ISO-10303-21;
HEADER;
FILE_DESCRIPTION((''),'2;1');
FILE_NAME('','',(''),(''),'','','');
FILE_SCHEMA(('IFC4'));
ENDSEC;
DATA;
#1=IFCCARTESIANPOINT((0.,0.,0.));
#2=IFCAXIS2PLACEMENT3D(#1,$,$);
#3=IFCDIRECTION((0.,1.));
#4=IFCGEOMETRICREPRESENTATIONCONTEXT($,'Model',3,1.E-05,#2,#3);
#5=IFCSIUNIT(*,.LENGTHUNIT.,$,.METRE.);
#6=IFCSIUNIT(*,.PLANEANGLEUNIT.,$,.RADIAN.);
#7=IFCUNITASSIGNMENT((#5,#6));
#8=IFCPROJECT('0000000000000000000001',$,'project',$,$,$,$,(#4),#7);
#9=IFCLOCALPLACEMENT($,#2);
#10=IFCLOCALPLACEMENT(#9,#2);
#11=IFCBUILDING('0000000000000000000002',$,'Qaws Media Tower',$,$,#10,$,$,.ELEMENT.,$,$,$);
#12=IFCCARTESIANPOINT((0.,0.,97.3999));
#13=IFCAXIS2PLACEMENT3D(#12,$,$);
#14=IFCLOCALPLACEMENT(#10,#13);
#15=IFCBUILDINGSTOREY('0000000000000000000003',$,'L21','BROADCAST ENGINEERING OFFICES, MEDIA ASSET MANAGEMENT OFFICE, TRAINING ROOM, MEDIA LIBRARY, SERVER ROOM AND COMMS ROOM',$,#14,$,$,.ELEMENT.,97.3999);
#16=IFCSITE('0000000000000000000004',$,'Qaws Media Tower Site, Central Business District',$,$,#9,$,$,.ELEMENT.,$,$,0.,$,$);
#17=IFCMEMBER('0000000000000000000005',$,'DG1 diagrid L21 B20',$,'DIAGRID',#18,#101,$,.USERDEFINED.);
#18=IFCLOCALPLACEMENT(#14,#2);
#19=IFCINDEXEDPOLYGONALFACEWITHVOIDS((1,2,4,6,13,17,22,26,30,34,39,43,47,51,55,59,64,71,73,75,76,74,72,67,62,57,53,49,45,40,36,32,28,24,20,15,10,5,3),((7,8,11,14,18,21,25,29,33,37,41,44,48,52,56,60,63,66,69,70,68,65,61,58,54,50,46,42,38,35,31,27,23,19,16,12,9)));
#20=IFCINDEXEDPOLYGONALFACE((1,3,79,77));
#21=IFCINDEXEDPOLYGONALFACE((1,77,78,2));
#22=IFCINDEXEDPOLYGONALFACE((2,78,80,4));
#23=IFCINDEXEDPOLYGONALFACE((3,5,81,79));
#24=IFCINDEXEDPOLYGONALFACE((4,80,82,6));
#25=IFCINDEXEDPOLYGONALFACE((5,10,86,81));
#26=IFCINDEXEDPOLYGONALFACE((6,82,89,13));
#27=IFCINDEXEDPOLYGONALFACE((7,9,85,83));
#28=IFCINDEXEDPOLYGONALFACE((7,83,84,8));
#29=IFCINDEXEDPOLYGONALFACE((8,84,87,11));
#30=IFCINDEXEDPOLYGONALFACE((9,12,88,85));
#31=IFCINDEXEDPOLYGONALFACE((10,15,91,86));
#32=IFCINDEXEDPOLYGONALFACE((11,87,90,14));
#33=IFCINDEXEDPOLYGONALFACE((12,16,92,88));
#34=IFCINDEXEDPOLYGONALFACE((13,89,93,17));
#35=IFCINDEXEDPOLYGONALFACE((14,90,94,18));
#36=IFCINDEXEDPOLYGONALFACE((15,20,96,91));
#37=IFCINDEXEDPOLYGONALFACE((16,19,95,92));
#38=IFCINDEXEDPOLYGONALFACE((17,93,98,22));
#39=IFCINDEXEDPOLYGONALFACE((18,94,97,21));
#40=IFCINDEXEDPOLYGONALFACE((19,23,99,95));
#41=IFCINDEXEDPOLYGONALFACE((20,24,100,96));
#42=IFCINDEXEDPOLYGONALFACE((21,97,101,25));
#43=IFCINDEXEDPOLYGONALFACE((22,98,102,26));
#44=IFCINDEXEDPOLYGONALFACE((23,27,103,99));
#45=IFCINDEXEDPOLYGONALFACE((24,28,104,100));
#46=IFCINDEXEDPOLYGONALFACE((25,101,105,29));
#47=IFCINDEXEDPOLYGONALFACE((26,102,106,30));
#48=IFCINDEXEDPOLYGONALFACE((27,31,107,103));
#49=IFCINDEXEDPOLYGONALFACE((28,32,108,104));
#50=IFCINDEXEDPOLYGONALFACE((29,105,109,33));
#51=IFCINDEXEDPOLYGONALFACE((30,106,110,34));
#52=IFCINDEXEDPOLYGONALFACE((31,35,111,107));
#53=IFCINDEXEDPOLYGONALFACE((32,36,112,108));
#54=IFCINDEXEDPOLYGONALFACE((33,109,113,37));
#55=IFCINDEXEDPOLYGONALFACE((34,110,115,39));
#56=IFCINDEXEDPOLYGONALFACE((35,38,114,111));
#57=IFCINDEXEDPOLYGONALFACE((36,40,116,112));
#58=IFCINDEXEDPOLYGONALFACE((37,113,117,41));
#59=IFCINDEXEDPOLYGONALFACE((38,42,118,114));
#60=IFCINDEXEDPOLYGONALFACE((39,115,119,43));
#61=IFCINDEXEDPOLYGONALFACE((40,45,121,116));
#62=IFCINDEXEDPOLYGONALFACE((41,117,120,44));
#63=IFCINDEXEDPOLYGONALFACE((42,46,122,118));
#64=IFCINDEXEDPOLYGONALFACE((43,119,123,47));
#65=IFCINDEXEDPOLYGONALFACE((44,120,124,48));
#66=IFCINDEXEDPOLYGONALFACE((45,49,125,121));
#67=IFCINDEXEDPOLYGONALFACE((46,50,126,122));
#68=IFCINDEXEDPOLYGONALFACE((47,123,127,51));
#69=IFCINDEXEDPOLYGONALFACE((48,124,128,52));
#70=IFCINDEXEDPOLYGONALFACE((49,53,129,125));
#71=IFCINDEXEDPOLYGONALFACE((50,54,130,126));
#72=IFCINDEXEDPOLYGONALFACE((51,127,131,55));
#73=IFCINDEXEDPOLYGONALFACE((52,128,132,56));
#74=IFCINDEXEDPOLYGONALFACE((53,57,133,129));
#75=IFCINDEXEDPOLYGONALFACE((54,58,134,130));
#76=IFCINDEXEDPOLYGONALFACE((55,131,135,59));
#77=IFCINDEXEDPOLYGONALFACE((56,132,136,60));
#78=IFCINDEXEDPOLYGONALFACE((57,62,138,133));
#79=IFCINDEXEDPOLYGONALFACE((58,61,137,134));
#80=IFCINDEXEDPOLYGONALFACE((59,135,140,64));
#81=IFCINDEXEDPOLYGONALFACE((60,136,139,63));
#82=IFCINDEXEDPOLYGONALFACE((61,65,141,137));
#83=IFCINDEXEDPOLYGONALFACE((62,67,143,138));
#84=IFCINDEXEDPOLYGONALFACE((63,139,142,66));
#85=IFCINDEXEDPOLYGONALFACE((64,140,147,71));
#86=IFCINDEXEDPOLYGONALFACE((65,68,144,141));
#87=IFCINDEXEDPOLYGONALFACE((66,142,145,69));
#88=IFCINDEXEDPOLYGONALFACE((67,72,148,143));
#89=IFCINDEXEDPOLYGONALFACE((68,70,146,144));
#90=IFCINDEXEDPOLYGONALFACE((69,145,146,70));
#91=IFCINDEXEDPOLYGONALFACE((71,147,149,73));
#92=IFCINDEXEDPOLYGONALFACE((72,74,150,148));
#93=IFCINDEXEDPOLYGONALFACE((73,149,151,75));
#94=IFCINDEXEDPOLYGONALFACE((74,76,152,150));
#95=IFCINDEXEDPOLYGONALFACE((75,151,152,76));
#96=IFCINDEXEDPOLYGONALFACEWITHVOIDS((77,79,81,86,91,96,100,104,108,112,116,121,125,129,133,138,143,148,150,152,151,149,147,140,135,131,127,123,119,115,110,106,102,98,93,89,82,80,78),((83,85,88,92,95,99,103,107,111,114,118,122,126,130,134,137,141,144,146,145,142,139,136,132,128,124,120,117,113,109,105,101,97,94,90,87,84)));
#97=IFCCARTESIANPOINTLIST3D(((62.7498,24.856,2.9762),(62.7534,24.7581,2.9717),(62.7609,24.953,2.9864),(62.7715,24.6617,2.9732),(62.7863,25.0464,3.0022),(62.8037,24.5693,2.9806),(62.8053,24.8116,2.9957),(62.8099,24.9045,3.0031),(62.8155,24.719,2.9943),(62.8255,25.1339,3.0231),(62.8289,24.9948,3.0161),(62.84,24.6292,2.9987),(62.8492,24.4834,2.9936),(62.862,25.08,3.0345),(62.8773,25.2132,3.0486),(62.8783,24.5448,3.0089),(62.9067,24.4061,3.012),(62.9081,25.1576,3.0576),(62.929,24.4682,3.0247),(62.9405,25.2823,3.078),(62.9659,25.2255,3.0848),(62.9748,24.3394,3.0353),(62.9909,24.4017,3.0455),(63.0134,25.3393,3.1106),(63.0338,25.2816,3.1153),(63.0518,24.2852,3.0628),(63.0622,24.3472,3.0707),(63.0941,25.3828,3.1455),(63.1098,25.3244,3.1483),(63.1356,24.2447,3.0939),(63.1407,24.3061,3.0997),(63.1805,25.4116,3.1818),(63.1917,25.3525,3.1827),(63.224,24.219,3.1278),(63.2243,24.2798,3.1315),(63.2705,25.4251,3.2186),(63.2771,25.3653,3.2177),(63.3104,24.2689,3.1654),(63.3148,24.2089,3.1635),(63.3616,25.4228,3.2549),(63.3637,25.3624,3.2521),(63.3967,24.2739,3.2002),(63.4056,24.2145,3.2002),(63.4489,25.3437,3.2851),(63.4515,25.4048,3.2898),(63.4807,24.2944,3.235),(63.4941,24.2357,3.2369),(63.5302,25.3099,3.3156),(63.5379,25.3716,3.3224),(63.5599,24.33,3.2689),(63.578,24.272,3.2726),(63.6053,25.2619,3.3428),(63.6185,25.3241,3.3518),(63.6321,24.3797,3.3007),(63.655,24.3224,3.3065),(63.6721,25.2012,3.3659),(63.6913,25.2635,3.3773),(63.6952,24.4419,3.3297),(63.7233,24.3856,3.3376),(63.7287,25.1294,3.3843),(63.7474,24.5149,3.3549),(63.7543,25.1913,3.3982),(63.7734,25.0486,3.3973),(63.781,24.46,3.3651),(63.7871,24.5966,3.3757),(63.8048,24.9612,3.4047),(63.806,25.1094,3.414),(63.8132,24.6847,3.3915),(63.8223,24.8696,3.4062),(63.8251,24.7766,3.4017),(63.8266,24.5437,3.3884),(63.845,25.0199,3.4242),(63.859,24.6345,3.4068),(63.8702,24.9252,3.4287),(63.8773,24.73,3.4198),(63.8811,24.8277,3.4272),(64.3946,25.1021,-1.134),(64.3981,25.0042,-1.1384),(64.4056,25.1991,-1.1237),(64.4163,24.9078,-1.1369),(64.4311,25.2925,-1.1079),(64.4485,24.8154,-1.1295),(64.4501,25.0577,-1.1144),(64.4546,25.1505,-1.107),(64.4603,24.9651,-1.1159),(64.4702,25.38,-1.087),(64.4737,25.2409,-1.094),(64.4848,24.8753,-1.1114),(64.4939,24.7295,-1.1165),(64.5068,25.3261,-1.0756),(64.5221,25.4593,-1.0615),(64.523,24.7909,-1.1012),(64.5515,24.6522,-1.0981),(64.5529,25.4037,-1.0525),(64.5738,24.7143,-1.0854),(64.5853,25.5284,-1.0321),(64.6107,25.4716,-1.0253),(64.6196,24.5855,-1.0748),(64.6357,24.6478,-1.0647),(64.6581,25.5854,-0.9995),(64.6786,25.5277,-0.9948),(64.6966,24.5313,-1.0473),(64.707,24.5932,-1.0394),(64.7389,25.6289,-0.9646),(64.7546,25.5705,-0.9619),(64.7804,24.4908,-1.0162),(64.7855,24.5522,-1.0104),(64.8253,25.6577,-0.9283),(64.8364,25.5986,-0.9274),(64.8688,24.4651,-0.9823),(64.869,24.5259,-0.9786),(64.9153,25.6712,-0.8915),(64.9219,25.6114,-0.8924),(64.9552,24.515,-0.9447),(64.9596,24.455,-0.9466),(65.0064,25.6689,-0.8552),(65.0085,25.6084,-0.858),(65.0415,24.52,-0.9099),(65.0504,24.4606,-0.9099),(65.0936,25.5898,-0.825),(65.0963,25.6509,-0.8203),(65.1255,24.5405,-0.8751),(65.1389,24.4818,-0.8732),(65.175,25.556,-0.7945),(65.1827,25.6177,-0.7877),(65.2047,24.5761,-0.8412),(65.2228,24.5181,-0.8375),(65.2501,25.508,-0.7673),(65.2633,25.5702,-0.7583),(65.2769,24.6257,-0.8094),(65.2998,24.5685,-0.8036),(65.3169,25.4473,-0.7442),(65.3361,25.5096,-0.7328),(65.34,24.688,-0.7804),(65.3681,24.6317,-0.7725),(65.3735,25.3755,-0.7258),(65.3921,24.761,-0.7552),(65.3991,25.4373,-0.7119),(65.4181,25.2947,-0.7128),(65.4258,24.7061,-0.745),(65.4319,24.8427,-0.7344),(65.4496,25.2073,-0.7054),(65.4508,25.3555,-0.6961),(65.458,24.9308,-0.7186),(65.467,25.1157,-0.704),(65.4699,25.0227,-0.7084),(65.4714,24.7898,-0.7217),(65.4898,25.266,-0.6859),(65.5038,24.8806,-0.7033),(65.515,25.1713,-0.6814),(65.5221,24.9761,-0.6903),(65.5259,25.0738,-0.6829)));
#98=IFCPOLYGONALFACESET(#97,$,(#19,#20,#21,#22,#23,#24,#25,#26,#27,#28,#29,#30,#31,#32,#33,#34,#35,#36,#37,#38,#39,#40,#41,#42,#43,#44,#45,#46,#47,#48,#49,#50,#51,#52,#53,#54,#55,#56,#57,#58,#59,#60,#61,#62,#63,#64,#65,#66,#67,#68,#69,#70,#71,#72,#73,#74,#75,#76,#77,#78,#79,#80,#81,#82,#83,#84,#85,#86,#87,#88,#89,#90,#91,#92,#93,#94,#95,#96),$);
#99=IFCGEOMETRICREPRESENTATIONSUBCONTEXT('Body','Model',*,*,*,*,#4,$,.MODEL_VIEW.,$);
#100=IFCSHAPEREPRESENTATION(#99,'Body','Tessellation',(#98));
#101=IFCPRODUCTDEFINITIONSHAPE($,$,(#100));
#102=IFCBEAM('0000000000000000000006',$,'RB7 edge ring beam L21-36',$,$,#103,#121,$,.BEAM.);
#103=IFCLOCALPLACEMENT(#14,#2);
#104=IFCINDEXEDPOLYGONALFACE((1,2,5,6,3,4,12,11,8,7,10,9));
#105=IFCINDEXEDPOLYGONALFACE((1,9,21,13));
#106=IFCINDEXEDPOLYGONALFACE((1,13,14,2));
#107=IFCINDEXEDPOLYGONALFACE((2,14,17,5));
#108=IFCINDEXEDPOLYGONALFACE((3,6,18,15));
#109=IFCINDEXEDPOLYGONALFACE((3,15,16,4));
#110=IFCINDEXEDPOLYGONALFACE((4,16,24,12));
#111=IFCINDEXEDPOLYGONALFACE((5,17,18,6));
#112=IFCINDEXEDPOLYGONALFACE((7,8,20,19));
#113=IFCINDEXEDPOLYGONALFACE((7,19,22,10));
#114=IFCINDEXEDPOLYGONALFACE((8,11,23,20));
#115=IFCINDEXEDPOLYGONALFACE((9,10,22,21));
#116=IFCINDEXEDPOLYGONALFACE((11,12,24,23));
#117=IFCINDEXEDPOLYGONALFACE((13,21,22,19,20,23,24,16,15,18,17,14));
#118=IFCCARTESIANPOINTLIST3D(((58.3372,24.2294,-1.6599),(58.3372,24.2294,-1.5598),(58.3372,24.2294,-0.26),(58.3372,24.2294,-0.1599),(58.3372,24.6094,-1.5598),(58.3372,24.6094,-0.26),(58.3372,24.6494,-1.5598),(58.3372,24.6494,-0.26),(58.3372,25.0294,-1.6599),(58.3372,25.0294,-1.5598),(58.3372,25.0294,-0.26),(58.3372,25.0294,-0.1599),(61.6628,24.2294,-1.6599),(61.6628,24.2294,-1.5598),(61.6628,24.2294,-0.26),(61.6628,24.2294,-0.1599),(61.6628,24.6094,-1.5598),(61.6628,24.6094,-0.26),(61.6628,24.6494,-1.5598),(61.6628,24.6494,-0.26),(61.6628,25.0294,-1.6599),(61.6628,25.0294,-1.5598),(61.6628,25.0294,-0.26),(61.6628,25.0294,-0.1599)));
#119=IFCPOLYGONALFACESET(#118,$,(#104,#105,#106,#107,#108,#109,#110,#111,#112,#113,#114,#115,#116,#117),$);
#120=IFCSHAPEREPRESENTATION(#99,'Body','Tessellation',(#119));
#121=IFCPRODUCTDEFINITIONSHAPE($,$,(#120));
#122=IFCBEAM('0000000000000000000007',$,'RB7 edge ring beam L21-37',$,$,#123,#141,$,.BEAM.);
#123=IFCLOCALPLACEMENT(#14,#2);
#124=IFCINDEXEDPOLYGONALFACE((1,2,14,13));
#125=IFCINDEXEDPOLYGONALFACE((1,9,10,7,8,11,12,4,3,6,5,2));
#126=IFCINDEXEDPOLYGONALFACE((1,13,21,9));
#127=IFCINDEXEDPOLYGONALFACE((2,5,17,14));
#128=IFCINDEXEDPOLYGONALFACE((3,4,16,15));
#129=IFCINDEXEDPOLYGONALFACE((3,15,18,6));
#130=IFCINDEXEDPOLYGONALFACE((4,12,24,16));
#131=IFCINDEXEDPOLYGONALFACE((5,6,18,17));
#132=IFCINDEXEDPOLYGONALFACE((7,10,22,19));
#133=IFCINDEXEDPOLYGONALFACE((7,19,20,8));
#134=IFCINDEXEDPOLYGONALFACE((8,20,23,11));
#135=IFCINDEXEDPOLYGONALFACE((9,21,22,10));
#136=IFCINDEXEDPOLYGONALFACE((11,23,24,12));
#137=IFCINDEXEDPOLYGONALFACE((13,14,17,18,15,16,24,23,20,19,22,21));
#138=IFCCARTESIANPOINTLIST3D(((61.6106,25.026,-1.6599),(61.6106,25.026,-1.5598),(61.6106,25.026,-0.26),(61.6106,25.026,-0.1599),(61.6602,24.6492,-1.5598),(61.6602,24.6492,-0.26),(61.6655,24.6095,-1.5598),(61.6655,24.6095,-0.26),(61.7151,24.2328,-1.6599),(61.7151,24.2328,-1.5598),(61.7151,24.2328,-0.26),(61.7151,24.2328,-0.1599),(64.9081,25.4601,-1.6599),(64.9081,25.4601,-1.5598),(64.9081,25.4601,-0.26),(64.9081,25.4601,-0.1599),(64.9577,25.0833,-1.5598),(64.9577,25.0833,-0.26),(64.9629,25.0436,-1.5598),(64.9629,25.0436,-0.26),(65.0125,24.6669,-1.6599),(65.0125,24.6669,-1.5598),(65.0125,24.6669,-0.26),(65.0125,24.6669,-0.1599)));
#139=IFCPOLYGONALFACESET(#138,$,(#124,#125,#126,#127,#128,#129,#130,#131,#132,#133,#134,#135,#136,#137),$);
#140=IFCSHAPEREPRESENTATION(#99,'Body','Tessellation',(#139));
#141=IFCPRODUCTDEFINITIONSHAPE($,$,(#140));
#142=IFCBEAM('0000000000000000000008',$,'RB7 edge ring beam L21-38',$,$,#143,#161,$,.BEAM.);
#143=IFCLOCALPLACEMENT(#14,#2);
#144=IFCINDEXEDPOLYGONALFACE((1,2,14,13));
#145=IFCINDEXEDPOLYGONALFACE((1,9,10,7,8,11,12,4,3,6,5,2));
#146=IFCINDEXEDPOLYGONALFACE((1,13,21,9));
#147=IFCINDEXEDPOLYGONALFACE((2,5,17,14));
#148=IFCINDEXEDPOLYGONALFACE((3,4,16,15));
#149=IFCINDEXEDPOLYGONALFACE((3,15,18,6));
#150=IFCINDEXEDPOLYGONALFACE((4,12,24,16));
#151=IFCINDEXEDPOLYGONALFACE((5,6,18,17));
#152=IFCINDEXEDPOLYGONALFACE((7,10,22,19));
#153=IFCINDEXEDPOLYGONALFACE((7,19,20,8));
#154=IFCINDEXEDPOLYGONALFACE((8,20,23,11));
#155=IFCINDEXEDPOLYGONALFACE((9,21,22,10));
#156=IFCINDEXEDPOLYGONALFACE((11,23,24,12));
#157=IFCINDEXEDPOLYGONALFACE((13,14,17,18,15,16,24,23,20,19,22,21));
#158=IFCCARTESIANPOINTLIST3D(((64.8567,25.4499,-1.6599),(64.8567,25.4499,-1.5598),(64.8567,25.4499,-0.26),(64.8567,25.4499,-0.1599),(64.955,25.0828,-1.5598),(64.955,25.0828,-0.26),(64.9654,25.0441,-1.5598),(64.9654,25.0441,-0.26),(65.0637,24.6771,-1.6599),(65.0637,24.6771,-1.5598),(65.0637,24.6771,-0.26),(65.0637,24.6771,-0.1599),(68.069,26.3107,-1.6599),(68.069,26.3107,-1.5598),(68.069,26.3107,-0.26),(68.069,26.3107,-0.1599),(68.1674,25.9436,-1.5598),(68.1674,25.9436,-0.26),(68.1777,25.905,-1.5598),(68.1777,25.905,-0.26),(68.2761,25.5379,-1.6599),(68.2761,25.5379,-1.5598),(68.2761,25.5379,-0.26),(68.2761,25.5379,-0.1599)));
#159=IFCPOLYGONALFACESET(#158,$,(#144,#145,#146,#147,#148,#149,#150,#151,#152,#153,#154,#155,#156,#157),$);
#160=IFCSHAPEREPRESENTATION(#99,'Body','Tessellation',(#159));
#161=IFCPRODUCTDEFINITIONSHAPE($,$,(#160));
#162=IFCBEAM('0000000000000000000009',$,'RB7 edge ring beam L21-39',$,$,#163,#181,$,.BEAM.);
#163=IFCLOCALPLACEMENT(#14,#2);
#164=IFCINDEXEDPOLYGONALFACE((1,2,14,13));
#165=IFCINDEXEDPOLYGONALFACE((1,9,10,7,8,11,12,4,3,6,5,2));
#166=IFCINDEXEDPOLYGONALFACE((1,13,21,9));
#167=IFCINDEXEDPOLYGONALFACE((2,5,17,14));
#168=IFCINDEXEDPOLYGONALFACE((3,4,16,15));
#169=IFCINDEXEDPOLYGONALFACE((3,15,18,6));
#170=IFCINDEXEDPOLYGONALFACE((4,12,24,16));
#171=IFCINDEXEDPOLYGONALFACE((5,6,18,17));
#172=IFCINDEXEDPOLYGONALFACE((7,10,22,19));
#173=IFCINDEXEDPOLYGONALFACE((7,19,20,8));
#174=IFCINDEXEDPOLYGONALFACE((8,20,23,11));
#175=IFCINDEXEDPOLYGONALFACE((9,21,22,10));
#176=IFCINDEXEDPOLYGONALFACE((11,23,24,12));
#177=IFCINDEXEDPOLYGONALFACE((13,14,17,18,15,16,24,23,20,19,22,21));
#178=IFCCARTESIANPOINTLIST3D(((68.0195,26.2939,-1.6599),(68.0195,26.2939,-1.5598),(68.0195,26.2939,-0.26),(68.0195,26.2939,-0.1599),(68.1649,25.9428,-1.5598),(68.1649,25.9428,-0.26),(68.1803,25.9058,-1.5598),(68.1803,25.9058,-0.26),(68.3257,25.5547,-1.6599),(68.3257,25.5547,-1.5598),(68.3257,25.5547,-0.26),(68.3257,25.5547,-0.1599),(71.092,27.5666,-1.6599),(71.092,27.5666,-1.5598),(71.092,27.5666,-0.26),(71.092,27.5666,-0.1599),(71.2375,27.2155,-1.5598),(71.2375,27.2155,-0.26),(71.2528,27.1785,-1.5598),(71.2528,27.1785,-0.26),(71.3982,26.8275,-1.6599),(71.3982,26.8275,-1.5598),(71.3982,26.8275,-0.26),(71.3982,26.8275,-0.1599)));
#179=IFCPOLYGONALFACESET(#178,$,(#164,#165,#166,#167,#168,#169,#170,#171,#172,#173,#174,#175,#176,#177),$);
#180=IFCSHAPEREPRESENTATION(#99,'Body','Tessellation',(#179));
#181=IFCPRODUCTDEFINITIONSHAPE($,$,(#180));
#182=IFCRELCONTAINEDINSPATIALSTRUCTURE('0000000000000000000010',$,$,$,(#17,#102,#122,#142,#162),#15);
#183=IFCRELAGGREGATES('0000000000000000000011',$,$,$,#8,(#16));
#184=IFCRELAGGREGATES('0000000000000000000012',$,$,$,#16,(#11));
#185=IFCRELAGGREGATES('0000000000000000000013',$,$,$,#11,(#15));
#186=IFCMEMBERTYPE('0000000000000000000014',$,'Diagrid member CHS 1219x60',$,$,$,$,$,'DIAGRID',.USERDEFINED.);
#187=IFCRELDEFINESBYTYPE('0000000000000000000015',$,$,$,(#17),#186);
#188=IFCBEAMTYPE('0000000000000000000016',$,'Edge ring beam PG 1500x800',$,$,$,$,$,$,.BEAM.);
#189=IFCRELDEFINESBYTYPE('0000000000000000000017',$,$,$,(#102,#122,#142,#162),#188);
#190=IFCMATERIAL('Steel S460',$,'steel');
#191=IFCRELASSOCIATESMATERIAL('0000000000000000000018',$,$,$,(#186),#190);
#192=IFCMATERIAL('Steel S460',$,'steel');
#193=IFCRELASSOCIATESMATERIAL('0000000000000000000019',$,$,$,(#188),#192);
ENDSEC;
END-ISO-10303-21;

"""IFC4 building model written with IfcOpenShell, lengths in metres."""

from ifc_helpers import new_model, si_unit, direction, frame, origin, origin_2d, place, context, subcontext, project, spatial, hollow_circle, i_section, extrude, material, material_profile, profile_set, type_object, element, save


model = new_model("IFC4")

# Units and contexts
model_context = context("Model", 3, precision=1e-05, world=origin(), true_north=direction((0.0, 1.0)))
body_context = subcontext(model_context, "Body", "Model", "MODEL_VIEW")
ifc_project = project(units=[si_unit("LENGTHUNIT", "METRE"), si_unit("PLANEANGLEUNIT", "RADIAN")], contexts=[model_context])

# Site, building, storey
site_placement = place(None, origin())
site = spatial("IfcSite", under=ifc_project, at=site_placement, Name="Qaws Media Tower Site, Central Business District", CompositionType="ELEMENT", RefElevation=0.0)
building_placement = place(site_placement, origin())
building = spatial("IfcBuilding", under=site, at=building_placement, Name="Qaws Media Tower", CompositionType="ELEMENT")
storey_placement = place(building_placement, frame((0.0, 0.0, 97.3999)))
storey = spatial("IfcBuildingStorey", under=building, at=storey_placement, Name="L21", Description="BROADCAST ENGINEERING OFFICES, MEDIA ASSET MANAGEMENT OFFICE, TRAINING ROOM, MEDIA LIBRARY, SERVER ROOM AND COMMS ROOM", CompositionType="ELEMENT", Elevation=97.3999)

# Member
ifc_material_1 = material(Name="Steel S460", Category="steel")
ifc_material_profile_1 = material_profile(ifc_material_1, hollow_circle(Radius=0.6096, WallThickness=0.0601, at=origin_2d()), Name="CHS 1219x60")
ifc_profile_set_1 = profile_set([ifc_material_profile_1], Name="Steel S460")
member_type_1 = type_object("IfcMemberType", Name="Diagrid member CHS 1219x60", ElementType="DIAGRID", PredefinedType="USERDEFINED", material=ifc_profile_set_1)
for number, where, z_axis, x_axis, name in (
    (1, (64.9602, 25.0635, -0.9099), (-0.370961, -0.055504, 0.926988), (0.147974, -0.988991, 0.0), "DG1 diagrid L21 B20"),
):
    element("IfcMember", number, at=place(storey_placement, frame(where, z_axis=z_axis, x_axis=x_axis)), inside=storey, type_object=member_type_1, Name=name, ObjectType="DIAGRID", PredefinedType="USERDEFINED", context=body_context, shape_type="SweptSolid", body=[
        extrude(hollow_circle(Radius=0.6096, WallThickness=0.0601, at=origin_2d()), origin(), (0.0, 0.0, 1.0), 4.4338),
    ])

# Beams
ifc_material_2 = material(Name="Steel S460", Category="steel")
ifc_material_profile_2 = material_profile(ifc_material_2, i_section(OverallWidth=0.8, OverallDepth=1.5, WebThickness=0.04, FlangeThickness=0.1001, at=origin_2d()), Name="PG 1500x800")
ifc_profile_set_2 = profile_set([ifc_material_profile_2], Name="Steel S460")
beam_type_1 = type_object("IfcBeamType", Name="Edge ring beam PG 1500x800", PredefinedType="BEAM", material=ifc_profile_set_2)
beam_1_placement = place(storey_placement, frame((58.3372, 24.6294, -0.9099), z_axis=(1.0, 0.0, 0.0), x_axis=(0.0, 1.0, 0.0)))
element("IfcBeam", 2, at=beam_1_placement, inside=storey, type_object=beam_type_1, Name="RB7 edge ring beam L21-36", PredefinedType="BEAM", context=body_context, shape_type="SweptSolid", body=[
    extrude(i_section(OverallWidth=0.8, OverallDepth=1.5, WebThickness=0.04, FlangeThickness=0.1001, at=origin_2d()), origin(), (0.0, 0.0, 1.0), 3.3257),
])
beam_2_placement = place(storey_placement, frame((61.6628, 24.6294, -0.9099), z_axis=(0.991446, 0.130519, 0.0), x_axis=(-0.130519, 0.991446, 0.0)))
element("IfcBeam", 3, at=beam_2_placement, inside=storey, type_object=beam_type_1, Name="RB7 edge ring beam L21-37", PredefinedType="BEAM", context=body_context, shape_type="SweptSolid", body=[
    extrude(i_section(OverallWidth=0.8, OverallDepth=1.5, WebThickness=0.04, FlangeThickness=0.1001, at=origin_2d()), origin(), (0.0, 0.0, 1.0), 3.3259),
])
for number, where, z_axis, x_axis, name in (
    (4, (64.9602, 25.0635, -0.9099), (0.96592, 0.258841, 0.0), (-0.258841, 0.96592, 0.0), "RB7 edge ring beam L21-38"),
    (5, (68.1726, 25.9243, -0.9099), (0.923876, 0.382691, 0.0), (-0.382691, 0.923876, 0.0), "RB7 edge ring beam L21-39"),
):
    element("IfcBeam", number, at=place(storey_placement, frame(where, z_axis=z_axis, x_axis=x_axis)), inside=storey, type_object=beam_type_1, Name=name, PredefinedType="BEAM", context=body_context, shape_type="SweptSolid", body=[
        extrude(i_section(OverallWidth=0.8, OverallDepth=1.5, WebThickness=0.04, FlangeThickness=0.1001, at=origin_2d()), origin(), (0.0, 0.0, 1.0), 3.3257),
    ])

save(model, "model.ifc")
